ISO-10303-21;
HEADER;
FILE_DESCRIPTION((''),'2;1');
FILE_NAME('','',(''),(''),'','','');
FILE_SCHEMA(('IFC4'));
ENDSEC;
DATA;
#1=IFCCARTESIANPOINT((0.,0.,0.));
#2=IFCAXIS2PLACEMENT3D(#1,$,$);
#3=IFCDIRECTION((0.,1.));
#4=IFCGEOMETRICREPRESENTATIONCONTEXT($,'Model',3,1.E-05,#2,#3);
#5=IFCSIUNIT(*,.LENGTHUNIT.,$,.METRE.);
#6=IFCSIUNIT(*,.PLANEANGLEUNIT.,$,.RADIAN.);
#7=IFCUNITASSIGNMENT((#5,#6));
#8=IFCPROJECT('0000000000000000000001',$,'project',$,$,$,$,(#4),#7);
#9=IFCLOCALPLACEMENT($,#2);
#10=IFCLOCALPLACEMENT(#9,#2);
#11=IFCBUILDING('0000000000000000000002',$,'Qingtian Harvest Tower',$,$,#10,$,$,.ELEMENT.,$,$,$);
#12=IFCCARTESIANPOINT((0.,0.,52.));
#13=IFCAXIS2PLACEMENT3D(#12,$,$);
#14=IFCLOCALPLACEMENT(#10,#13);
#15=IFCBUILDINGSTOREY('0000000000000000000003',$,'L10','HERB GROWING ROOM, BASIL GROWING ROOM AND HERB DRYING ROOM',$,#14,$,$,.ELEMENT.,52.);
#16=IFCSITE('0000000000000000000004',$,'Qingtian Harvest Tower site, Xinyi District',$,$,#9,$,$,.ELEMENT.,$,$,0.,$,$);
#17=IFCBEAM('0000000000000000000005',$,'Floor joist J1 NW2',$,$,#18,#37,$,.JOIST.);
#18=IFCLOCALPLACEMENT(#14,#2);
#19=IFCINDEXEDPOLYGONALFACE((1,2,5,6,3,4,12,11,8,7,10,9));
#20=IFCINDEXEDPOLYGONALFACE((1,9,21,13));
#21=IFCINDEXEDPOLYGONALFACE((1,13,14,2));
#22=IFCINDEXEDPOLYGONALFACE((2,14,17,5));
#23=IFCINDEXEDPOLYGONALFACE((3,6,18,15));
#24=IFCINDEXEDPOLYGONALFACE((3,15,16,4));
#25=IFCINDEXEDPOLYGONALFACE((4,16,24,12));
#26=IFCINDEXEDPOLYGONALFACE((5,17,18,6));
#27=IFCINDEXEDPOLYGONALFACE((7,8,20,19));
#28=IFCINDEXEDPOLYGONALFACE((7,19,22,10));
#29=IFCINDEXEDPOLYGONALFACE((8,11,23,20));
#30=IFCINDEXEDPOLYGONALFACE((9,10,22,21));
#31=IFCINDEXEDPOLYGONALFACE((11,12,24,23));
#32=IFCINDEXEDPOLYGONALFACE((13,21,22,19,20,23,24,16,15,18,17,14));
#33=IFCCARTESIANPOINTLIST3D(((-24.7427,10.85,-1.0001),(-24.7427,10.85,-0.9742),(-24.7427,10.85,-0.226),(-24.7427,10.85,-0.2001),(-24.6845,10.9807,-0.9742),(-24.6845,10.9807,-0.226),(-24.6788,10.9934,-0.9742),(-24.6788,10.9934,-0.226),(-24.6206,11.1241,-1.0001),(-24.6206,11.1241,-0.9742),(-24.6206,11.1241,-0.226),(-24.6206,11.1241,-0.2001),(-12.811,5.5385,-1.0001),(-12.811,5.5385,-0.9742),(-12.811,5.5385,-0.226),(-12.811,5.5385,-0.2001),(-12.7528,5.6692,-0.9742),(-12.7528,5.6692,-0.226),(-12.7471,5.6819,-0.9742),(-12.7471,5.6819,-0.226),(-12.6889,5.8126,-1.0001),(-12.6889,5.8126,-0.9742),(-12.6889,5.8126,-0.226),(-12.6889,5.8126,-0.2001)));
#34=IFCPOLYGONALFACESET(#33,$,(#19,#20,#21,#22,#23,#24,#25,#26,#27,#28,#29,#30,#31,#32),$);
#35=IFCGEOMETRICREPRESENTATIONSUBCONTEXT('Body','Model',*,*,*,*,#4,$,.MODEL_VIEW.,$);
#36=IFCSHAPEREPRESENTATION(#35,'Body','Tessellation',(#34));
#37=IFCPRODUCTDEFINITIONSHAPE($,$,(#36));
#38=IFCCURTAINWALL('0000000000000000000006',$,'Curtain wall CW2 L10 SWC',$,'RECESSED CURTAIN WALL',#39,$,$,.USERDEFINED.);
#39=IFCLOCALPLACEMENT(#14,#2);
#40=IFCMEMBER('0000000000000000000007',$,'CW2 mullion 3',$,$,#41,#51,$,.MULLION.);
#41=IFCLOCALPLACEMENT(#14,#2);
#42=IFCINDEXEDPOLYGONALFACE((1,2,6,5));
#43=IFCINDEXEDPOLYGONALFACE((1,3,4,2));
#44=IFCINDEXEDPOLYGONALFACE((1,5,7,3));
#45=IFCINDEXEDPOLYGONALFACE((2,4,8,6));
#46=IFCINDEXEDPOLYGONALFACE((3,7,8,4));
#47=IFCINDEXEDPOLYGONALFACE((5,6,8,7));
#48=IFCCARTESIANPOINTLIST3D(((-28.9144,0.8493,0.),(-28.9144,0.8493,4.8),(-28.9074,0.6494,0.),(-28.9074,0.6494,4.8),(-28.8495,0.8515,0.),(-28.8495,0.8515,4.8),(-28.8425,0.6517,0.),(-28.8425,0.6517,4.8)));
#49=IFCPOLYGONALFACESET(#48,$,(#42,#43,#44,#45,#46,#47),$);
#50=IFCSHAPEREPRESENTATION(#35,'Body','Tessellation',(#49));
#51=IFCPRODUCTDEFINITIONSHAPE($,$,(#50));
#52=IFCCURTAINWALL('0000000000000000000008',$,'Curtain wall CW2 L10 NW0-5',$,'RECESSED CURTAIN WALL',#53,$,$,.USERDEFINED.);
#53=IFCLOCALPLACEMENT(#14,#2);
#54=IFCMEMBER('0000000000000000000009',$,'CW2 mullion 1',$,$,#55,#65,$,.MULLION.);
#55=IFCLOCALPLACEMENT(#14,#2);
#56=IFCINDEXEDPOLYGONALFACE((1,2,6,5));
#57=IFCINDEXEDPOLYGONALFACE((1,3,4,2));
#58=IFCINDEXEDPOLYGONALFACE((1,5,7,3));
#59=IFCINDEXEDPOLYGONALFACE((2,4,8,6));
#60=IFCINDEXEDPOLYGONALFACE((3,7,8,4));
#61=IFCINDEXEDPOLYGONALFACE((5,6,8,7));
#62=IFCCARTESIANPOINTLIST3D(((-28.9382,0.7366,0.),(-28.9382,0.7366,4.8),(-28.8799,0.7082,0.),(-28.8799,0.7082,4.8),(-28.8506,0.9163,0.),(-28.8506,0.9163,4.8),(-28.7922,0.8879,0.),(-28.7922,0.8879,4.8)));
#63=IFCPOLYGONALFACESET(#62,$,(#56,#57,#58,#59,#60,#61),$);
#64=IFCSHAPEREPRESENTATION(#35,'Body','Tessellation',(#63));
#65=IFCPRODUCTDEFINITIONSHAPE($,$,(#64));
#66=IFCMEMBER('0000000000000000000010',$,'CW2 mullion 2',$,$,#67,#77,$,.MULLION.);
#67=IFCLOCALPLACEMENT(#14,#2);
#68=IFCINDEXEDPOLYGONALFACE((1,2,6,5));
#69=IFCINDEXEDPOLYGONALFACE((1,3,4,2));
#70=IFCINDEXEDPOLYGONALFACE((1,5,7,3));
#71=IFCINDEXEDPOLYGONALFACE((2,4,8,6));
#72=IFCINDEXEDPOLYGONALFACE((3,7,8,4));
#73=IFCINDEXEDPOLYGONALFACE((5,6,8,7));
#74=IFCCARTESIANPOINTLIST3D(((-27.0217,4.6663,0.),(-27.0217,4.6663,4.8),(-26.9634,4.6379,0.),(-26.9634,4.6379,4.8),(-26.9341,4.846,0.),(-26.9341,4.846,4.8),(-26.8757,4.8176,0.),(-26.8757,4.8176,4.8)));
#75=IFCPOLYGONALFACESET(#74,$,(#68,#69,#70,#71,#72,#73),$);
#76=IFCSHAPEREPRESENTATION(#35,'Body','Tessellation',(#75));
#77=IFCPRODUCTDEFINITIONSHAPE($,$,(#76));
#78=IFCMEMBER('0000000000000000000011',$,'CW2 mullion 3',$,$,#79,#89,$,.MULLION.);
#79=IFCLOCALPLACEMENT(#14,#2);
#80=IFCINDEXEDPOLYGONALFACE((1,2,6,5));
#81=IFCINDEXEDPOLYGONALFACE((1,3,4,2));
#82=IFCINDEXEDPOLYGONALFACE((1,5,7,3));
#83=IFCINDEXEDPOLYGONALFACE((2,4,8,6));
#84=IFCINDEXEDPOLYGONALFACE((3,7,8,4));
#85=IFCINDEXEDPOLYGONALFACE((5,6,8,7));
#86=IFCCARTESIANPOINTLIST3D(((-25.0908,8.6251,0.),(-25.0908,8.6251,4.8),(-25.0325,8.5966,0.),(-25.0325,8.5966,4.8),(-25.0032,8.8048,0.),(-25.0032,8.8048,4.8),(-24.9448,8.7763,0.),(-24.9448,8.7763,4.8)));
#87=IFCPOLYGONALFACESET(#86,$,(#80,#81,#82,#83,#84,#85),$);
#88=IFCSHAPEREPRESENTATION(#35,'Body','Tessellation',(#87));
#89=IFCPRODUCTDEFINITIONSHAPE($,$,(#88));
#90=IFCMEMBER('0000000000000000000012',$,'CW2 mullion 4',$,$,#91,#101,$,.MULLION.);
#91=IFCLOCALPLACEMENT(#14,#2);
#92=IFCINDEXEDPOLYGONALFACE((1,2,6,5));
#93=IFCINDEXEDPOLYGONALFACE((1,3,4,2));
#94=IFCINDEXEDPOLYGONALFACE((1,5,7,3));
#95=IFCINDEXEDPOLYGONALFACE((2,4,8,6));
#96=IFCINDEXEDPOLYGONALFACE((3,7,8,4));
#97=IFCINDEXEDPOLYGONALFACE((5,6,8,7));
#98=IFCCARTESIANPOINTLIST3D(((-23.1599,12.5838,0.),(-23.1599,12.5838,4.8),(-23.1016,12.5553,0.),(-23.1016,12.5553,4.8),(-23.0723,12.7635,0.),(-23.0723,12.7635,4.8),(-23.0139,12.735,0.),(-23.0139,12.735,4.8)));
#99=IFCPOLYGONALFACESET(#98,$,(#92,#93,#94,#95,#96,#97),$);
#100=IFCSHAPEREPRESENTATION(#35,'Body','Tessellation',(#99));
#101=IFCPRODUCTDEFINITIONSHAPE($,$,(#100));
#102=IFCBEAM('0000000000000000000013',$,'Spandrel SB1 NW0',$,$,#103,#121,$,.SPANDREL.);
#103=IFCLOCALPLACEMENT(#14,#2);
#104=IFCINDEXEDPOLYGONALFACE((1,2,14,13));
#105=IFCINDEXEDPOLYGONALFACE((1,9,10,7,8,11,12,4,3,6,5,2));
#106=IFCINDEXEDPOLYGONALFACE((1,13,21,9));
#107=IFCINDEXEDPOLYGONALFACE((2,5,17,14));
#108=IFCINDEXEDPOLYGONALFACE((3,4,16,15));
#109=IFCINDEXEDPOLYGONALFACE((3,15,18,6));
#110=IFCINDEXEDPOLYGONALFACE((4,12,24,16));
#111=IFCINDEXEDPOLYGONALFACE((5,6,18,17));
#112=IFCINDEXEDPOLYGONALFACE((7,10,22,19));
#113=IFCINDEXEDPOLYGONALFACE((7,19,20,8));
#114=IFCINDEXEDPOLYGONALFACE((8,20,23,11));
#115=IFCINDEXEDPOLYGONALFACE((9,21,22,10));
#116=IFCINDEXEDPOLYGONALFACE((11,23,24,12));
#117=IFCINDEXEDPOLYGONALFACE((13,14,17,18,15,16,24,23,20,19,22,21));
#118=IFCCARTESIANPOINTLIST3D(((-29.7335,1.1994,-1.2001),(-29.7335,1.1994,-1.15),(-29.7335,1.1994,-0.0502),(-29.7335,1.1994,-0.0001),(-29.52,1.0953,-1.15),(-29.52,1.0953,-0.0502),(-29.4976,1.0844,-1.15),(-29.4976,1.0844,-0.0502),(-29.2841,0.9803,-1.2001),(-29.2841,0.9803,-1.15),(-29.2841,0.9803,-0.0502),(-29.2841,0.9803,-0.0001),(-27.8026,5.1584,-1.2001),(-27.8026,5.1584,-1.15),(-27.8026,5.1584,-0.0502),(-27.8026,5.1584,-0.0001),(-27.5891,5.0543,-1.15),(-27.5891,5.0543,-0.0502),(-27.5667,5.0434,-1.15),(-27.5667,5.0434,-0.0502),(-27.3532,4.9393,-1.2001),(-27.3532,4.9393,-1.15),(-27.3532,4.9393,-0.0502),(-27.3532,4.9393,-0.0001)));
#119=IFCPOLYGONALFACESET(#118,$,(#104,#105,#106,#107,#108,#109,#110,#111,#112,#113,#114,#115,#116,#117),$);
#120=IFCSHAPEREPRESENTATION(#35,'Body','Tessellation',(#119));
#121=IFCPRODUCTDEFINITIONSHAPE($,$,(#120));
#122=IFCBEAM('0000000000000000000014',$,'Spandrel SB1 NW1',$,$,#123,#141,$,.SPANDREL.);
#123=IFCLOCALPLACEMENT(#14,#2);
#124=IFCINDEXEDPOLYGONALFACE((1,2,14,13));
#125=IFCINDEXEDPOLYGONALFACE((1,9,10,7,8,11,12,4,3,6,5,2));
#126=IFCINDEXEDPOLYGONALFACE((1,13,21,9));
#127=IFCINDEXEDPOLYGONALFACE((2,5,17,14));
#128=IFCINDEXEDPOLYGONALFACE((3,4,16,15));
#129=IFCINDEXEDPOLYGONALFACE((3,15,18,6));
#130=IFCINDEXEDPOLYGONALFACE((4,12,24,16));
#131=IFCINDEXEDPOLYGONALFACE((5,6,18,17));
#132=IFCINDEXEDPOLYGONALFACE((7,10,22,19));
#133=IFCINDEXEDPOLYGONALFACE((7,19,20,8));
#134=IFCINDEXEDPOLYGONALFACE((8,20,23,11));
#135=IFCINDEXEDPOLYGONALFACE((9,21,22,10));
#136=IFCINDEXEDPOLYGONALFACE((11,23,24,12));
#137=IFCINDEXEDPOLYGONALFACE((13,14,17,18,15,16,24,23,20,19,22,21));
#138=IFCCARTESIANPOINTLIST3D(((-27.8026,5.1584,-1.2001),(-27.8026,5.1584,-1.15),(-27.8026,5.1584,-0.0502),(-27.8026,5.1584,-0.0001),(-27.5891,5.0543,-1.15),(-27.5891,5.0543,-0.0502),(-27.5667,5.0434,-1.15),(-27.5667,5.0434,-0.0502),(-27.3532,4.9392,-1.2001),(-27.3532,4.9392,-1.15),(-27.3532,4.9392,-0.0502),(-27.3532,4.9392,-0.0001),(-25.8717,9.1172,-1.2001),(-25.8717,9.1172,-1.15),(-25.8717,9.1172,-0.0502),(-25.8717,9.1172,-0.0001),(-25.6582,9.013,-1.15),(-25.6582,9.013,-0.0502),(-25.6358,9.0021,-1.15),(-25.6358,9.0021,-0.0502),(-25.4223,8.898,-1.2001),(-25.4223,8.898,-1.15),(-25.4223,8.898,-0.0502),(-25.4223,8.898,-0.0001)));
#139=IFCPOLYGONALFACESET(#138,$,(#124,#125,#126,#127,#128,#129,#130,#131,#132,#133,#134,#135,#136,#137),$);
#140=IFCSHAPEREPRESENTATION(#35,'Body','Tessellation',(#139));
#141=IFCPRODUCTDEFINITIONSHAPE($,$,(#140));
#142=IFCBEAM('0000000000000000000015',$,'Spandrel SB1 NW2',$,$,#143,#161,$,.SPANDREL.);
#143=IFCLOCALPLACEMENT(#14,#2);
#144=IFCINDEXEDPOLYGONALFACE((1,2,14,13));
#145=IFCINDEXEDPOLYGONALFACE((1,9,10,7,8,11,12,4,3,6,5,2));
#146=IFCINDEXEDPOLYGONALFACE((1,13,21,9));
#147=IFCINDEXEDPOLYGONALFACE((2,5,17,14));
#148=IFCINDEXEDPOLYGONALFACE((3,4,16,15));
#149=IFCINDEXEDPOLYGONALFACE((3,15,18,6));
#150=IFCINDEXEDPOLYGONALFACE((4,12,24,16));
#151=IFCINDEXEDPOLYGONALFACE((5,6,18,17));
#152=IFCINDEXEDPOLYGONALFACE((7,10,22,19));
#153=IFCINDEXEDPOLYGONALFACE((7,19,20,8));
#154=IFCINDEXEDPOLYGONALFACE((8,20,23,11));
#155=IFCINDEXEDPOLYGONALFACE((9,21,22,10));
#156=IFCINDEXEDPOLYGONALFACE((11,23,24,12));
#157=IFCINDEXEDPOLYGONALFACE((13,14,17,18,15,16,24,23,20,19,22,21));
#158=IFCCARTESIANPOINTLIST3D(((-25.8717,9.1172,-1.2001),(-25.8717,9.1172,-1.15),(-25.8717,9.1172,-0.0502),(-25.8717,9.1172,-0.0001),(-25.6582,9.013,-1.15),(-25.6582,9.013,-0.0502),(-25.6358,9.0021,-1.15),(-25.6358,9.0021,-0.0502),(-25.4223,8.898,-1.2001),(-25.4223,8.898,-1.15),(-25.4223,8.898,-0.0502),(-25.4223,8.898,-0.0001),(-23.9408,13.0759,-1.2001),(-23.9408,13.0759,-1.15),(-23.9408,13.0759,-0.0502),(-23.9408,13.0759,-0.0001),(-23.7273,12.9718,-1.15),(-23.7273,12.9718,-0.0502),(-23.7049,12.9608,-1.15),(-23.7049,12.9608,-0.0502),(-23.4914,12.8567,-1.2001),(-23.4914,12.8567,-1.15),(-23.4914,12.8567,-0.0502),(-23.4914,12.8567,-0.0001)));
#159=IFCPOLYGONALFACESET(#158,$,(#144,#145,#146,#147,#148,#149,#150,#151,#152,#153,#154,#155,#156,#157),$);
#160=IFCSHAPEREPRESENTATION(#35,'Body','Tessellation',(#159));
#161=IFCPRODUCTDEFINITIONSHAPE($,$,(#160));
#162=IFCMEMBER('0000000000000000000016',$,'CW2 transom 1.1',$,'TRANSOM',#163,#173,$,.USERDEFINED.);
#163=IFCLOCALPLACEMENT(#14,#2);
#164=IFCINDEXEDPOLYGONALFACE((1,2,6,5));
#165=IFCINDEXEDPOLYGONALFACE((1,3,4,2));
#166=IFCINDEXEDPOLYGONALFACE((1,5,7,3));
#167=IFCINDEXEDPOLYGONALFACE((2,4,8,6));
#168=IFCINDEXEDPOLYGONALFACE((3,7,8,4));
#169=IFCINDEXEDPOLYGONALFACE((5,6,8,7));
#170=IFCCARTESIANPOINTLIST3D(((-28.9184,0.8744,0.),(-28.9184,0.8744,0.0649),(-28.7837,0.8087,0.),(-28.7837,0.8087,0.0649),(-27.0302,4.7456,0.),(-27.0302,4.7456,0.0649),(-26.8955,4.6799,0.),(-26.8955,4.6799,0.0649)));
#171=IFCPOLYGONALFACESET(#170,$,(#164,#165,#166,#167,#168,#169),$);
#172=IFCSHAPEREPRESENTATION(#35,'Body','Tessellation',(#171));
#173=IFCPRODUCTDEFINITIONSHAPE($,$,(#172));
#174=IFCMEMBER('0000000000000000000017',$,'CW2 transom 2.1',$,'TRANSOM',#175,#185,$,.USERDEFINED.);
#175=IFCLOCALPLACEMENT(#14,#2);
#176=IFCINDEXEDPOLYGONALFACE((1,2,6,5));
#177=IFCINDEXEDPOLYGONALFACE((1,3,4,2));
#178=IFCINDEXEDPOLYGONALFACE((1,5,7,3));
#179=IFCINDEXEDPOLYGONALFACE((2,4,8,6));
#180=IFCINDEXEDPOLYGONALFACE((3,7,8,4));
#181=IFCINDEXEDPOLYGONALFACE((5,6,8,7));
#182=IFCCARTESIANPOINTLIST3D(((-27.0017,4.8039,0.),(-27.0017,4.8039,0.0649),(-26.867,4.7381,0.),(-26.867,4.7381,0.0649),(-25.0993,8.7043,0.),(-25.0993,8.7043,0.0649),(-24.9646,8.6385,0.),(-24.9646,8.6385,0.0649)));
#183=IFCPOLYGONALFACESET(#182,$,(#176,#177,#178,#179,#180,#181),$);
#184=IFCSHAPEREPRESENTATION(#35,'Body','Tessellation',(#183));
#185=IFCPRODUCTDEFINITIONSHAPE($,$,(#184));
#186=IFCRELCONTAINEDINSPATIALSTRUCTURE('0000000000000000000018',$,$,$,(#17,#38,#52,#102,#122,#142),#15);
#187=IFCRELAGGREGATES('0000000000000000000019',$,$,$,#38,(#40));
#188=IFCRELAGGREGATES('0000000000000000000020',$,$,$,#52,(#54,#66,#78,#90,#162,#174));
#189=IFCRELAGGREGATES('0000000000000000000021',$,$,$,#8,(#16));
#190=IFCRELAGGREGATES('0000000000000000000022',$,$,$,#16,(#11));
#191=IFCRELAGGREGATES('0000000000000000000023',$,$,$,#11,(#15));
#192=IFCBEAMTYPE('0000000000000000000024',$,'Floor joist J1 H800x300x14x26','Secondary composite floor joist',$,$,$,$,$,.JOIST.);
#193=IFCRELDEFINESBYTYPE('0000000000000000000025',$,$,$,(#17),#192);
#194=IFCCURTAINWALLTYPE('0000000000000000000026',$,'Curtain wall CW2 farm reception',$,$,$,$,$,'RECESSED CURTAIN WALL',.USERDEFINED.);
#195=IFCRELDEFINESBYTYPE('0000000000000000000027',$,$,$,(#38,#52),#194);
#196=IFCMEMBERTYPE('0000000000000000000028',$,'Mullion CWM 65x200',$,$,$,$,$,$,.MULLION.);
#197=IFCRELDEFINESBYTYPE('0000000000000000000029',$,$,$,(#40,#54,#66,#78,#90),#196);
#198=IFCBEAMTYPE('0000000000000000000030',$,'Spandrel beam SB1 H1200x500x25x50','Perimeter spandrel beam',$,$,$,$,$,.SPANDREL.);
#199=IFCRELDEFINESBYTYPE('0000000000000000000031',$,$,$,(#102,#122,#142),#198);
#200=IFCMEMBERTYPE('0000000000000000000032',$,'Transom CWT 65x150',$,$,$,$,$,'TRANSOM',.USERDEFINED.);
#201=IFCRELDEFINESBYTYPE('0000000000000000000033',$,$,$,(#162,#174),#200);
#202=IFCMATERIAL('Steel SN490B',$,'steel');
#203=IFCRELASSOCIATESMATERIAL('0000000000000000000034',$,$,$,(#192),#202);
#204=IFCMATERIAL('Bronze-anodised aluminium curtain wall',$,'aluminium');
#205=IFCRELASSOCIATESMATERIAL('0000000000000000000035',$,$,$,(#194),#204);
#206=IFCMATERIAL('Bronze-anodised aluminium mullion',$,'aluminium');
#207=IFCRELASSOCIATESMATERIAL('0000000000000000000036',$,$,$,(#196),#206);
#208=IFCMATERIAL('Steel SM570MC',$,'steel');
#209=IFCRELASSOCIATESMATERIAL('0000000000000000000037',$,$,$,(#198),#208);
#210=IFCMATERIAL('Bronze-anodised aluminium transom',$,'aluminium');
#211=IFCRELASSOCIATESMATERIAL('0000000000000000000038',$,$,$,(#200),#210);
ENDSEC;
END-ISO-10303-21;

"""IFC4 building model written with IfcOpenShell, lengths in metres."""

from ifc_helpers import new_model, si_unit, direction, frame, origin, origin_2d, place, context, subcontext, project, spatial, rectangle, i_section, extrude, material, material_profile, profile_set, type_object, element, aggregate, save


model = new_model("IFC4")

# Units and contexts
model_context = context("Model", 3, precision=1e-05, world=origin(), true_north=direction((0.0, 1.0)))
body_context = subcontext(model_context, "Body", "Model", "MODEL_VIEW")
ifc_project = project(units=[si_unit("LENGTHUNIT", "METRE"), si_unit("PLANEANGLEUNIT", "RADIAN")], contexts=[model_context])

# Site, building, storey
site_placement = place(None, origin())
site = spatial("IfcSite", under=ifc_project, at=site_placement, Name="Qingtian Harvest Tower site, Xinyi District", CompositionType="ELEMENT", RefElevation=0.0)
building_placement = place(site_placement, origin())
building = spatial("IfcBuilding", under=site, at=building_placement, Name="Qingtian Harvest Tower", CompositionType="ELEMENT")
storey_placement = place(building_placement, frame((0.0, 0.0, 52.0)))
storey = spatial("IfcBuildingStorey", under=building, at=storey_placement, Name="L10", Description="HERB GROWING ROOM, BASIL GROWING ROOM AND HERB DRYING ROOM", CompositionType="ELEMENT", Elevation=52.0)

# Beam
ifc_material_1 = material(Name="Steel SN490B", Category="steel")
ifc_material_profile_1 = material_profile(ifc_material_1, i_section(OverallWidth=0.3, OverallDepth=0.8, WebThickness=0.0139, FlangeThickness=0.0259, at=origin_2d()), Name="H800x300x14x26")
ifc_profile_set_1 = profile_set([ifc_material_profile_1], Name="Steel SN490B")
beam_type_1 = type_object("IfcBeamType", Name="Floor joist J1 H800x300x14x26", Description="Secondary composite floor joist", PredefinedType="JOIST", material=ifc_profile_set_1)
beam_1_placement = place(storey_placement, frame((-24.6816, 10.9871, -0.6001), z_axis=(0.913568, -0.406686, 0.0), x_axis=(0.406686, 0.913568, 0.0)))
element("IfcBeam", 1, at=beam_1_placement, inside=storey, type_object=beam_type_1, Name="Floor joist J1 NW2", PredefinedType="JOIST", context=body_context, shape_type="SweptSolid", body=[
    extrude(i_section(OverallWidth=0.3, OverallDepth=0.8, WebThickness=0.0139, FlangeThickness=0.0259, at=origin_2d()), origin(), (0.0, 0.0, 1.0), 13.0605),
])

# Curtain wall, member
ifc_material_2 = material(Name="Bronze-anodised aluminium curtain wall", Category="aluminium")
curtain_wall_type = type_object("IfcCurtainWallType", Name="Curtain wall CW2 farm reception", ElementType="RECESSED CURTAIN WALL", PredefinedType="USERDEFINED", material=ifc_material_2)
curtain_wall_1_placement = place(storey_placement, origin())
curtain_wall_1 = element("IfcCurtainWall", 2, at=curtain_wall_1_placement, inside=storey, type_object=curtain_wall_type, Name="Curtain wall CW2 L10 SWC", ObjectType="RECESSED CURTAIN WALL", PredefinedType="USERDEFINED")
ifc_material_3 = material(Name="Bronze-anodised aluminium mullion", Category="aluminium")
ifc_material_profile_2 = material_profile(ifc_material_3, rectangle(XDim=0.0649, YDim=0.2, at=origin_2d()), Name="AL 65x200")
ifc_profile_set_2 = profile_set([ifc_material_profile_2], Name="Bronze-anodised aluminium mullion")
member_type_1 = type_object("IfcMemberType", Name="Mullion CWM 65x200", PredefinedType="MULLION", material=ifc_profile_set_2)
member_1_placement = place(storey_placement, frame((-28.8784, 0.7505, 0.0), z_axis=(0.0, 0.0, 1.0), x_axis=(-0.999391, -0.034899, 0.0)))
member_1 = element("IfcMember", 3, at=member_1_placement, type_object=member_type_1, Name="CW2 mullion 3", PredefinedType="MULLION", context=body_context, shape_type="SweptSolid", body=[
    extrude(rectangle(XDim=0.0649, YDim=0.2, at=origin_2d()), origin(), (0.0, 0.0, 1.0), 4.8),
])
aggregate(curtain_wall_1, [member_1])

# Curtain wall, members
curtain_wall_2_placement = place(storey_placement, origin())
curtain_wall_2 = element("IfcCurtainWall", 4, at=curtain_wall_2_placement, inside=storey, type_object=curtain_wall_type, Name="Curtain wall CW2 L10 NW0-5", ObjectType="RECESSED CURTAIN WALL", PredefinedType="USERDEFINED")
member_2_placement = place(storey_placement, frame((-28.8652, 0.8123, 0.0), z_axis=(0.0, 0.0, 1.0), x_axis=(-0.898794, 0.438371, 0.0)))
member_2 = element("IfcMember", 5, at=member_2_placement, type_object=member_type_1, Name="CW2 mullion 1", PredefinedType="MULLION", context=body_context, shape_type="SweptSolid", body=[
    extrude(rectangle(XDim=0.0649, YDim=0.2, at=origin_2d()), origin(), (0.0, 0.0, 1.0), 4.8),
])
member_3_placement = place(storey_placement, frame((-26.9487, 4.7419, 0.0), z_axis=(0.0, 0.0, 1.0), x_axis=(-0.898794, 0.438371, 0.0)))
member_3 = element("IfcMember", 6, at=member_3_placement, type_object=member_type_1, Name="CW2 mullion 2", PredefinedType="MULLION", context=body_context, shape_type="SweptSolid", body=[
    extrude(rectangle(XDim=0.0649, YDim=0.2, at=origin_2d()), origin(), (0.0, 0.0, 1.0), 4.8),
])
member_4_placement = place(storey_placement, frame((-25.0178, 8.7007, 0.0), z_axis=(0.0, 0.0, 1.0), x_axis=(-0.898794, 0.438371, 0.0)))
member_4 = element("IfcMember", 7, at=member_4_placement, type_object=member_type_1, Name="CW2 mullion 3", PredefinedType="MULLION", context=body_context, shape_type="SweptSolid", body=[
    extrude(rectangle(XDim=0.0649, YDim=0.2, at=origin_2d()), origin(), (0.0, 0.0, 1.0), 4.8),
])
member_5_placement = place(storey_placement, frame((-23.0869, 12.6594, 0.0), z_axis=(0.0, 0.0, 1.0), x_axis=(-0.898794, 0.438371, 0.0)))
member_5 = element("IfcMember", 8, at=member_5_placement, type_object=member_type_1, Name="CW2 mullion 4", PredefinedType="MULLION", context=body_context, shape_type="SweptSolid", body=[
    extrude(rectangle(XDim=0.0649, YDim=0.2, at=origin_2d()), origin(), (0.0, 0.0, 1.0), 4.8),
])

# Beams
ifc_material_4 = material(Name="Steel SM570MC", Category="steel")
ifc_material_profile_3 = material_profile(ifc_material_4, i_section(OverallWidth=0.5, OverallDepth=1.2, WebThickness=0.0249, FlangeThickness=0.05, at=origin_2d()), Name="H1200x500x25x50")
ifc_profile_set_3 = profile_set([ifc_material_profile_3], Name="Steel SM570MC")
beam_type_2 = type_object("IfcBeamType", Name="Spandrel beam SB1 H1200x500x25x50", Description="Perimeter spandrel beam", PredefinedType="SPANDREL", material=ifc_profile_set_3)
beam_2_placement = place(storey_placement, frame((-29.5088, 1.0898, -0.6001), z_axis=(0.438368, 0.898796, 0.0), x_axis=(-0.898796, 0.438368, 0.0)))
element("IfcBeam", 9, at=beam_2_placement, inside=storey, type_object=beam_type_2, Name="Spandrel SB1 NW0", PredefinedType="SPANDREL", context=body_context, shape_type="SweptSolid", body=[
    extrude(i_section(OverallWidth=0.5, OverallDepth=1.2, WebThickness=0.0249, FlangeThickness=0.05, at=origin_2d()), origin(), (0.0, 0.0, 1.0), 4.4048),
])
for number, where, z_axis, x_axis, name in (
    (10, (-27.5779, 5.0488, -0.6001), (0.43839, 0.898785, 0.0), (-0.898785, 0.43839, 0.0), "Spandrel SB1 NW1"),
    (11, (-25.647, 9.0076, -0.6001), (0.43839, 0.898785, 0.0), (-0.898785, 0.43839, 0.0), "Spandrel SB1 NW2"),
):
    element("IfcBeam", number, at=place(storey_placement, frame(where, z_axis=z_axis, x_axis=x_axis)), inside=storey, type_object=beam_type_2, Name=name, PredefinedType="SPANDREL", context=body_context, shape_type="SweptSolid", body=[
        extrude(i_section(OverallWidth=0.5, OverallDepth=1.2, WebThickness=0.0249, FlangeThickness=0.05, at=origin_2d()), origin(), (0.0, 0.0, 1.0), 4.4045),
    ])

# Members
ifc_material_5 = material(Name="Bronze-anodised aluminium transom", Category="aluminium")
ifc_material_profile_4 = material_profile(ifc_material_5, rectangle(XDim=0.1499, YDim=0.0649, at=origin_2d()), Name="AL 65x150")
ifc_profile_set_4 = profile_set([ifc_material_profile_4], Name="Bronze-anodised aluminium transom")
member_type_2 = type_object("IfcMemberType", Name="Transom CWT 65x150", ElementType="TRANSOM", PredefinedType="USERDEFINED", material=ifc_profile_set_4)
member_6_placement = place(storey_placement, frame((-28.8511, 0.8416, 0.0325), z_axis=(0.438395, 0.898783, 0.0), x_axis=(-0.898783, 0.438395, 0.0)))
member_6 = element("IfcMember", 12, at=member_6_placement, type_object=member_type_2, Name="CW2 transom 1.1", ObjectType="TRANSOM", PredefinedType="USERDEFINED", context=body_context, shape_type="SweptSolid", body=[
    extrude(rectangle(XDim=0.1499, YDim=0.0649, at=origin_2d()), origin(), (0.0, 0.0, 1.0), 4.3071),
])
member_7_placement = place(storey_placement, frame((-26.9343, 4.771, 0.0325), z_axis=(0.43837, 0.898794, 0.0), x_axis=(-0.898794, 0.43837, 0.0)))
member_7 = element("IfcMember", 13, at=member_7_placement, type_object=member_type_2, Name="CW2 transom 2.1", ObjectType="TRANSOM", PredefinedType="USERDEFINED", context=body_context, shape_type="SweptSolid", body=[
    extrude(rectangle(XDim=0.1499, YDim=0.0649, at=origin_2d()), origin(), (0.0, 0.0, 1.0), 4.3396),
])

aggregate(curtain_wall_2, [member_2, member_3, member_4, member_5, member_6, member_7])

save(model, "model.ifc")
